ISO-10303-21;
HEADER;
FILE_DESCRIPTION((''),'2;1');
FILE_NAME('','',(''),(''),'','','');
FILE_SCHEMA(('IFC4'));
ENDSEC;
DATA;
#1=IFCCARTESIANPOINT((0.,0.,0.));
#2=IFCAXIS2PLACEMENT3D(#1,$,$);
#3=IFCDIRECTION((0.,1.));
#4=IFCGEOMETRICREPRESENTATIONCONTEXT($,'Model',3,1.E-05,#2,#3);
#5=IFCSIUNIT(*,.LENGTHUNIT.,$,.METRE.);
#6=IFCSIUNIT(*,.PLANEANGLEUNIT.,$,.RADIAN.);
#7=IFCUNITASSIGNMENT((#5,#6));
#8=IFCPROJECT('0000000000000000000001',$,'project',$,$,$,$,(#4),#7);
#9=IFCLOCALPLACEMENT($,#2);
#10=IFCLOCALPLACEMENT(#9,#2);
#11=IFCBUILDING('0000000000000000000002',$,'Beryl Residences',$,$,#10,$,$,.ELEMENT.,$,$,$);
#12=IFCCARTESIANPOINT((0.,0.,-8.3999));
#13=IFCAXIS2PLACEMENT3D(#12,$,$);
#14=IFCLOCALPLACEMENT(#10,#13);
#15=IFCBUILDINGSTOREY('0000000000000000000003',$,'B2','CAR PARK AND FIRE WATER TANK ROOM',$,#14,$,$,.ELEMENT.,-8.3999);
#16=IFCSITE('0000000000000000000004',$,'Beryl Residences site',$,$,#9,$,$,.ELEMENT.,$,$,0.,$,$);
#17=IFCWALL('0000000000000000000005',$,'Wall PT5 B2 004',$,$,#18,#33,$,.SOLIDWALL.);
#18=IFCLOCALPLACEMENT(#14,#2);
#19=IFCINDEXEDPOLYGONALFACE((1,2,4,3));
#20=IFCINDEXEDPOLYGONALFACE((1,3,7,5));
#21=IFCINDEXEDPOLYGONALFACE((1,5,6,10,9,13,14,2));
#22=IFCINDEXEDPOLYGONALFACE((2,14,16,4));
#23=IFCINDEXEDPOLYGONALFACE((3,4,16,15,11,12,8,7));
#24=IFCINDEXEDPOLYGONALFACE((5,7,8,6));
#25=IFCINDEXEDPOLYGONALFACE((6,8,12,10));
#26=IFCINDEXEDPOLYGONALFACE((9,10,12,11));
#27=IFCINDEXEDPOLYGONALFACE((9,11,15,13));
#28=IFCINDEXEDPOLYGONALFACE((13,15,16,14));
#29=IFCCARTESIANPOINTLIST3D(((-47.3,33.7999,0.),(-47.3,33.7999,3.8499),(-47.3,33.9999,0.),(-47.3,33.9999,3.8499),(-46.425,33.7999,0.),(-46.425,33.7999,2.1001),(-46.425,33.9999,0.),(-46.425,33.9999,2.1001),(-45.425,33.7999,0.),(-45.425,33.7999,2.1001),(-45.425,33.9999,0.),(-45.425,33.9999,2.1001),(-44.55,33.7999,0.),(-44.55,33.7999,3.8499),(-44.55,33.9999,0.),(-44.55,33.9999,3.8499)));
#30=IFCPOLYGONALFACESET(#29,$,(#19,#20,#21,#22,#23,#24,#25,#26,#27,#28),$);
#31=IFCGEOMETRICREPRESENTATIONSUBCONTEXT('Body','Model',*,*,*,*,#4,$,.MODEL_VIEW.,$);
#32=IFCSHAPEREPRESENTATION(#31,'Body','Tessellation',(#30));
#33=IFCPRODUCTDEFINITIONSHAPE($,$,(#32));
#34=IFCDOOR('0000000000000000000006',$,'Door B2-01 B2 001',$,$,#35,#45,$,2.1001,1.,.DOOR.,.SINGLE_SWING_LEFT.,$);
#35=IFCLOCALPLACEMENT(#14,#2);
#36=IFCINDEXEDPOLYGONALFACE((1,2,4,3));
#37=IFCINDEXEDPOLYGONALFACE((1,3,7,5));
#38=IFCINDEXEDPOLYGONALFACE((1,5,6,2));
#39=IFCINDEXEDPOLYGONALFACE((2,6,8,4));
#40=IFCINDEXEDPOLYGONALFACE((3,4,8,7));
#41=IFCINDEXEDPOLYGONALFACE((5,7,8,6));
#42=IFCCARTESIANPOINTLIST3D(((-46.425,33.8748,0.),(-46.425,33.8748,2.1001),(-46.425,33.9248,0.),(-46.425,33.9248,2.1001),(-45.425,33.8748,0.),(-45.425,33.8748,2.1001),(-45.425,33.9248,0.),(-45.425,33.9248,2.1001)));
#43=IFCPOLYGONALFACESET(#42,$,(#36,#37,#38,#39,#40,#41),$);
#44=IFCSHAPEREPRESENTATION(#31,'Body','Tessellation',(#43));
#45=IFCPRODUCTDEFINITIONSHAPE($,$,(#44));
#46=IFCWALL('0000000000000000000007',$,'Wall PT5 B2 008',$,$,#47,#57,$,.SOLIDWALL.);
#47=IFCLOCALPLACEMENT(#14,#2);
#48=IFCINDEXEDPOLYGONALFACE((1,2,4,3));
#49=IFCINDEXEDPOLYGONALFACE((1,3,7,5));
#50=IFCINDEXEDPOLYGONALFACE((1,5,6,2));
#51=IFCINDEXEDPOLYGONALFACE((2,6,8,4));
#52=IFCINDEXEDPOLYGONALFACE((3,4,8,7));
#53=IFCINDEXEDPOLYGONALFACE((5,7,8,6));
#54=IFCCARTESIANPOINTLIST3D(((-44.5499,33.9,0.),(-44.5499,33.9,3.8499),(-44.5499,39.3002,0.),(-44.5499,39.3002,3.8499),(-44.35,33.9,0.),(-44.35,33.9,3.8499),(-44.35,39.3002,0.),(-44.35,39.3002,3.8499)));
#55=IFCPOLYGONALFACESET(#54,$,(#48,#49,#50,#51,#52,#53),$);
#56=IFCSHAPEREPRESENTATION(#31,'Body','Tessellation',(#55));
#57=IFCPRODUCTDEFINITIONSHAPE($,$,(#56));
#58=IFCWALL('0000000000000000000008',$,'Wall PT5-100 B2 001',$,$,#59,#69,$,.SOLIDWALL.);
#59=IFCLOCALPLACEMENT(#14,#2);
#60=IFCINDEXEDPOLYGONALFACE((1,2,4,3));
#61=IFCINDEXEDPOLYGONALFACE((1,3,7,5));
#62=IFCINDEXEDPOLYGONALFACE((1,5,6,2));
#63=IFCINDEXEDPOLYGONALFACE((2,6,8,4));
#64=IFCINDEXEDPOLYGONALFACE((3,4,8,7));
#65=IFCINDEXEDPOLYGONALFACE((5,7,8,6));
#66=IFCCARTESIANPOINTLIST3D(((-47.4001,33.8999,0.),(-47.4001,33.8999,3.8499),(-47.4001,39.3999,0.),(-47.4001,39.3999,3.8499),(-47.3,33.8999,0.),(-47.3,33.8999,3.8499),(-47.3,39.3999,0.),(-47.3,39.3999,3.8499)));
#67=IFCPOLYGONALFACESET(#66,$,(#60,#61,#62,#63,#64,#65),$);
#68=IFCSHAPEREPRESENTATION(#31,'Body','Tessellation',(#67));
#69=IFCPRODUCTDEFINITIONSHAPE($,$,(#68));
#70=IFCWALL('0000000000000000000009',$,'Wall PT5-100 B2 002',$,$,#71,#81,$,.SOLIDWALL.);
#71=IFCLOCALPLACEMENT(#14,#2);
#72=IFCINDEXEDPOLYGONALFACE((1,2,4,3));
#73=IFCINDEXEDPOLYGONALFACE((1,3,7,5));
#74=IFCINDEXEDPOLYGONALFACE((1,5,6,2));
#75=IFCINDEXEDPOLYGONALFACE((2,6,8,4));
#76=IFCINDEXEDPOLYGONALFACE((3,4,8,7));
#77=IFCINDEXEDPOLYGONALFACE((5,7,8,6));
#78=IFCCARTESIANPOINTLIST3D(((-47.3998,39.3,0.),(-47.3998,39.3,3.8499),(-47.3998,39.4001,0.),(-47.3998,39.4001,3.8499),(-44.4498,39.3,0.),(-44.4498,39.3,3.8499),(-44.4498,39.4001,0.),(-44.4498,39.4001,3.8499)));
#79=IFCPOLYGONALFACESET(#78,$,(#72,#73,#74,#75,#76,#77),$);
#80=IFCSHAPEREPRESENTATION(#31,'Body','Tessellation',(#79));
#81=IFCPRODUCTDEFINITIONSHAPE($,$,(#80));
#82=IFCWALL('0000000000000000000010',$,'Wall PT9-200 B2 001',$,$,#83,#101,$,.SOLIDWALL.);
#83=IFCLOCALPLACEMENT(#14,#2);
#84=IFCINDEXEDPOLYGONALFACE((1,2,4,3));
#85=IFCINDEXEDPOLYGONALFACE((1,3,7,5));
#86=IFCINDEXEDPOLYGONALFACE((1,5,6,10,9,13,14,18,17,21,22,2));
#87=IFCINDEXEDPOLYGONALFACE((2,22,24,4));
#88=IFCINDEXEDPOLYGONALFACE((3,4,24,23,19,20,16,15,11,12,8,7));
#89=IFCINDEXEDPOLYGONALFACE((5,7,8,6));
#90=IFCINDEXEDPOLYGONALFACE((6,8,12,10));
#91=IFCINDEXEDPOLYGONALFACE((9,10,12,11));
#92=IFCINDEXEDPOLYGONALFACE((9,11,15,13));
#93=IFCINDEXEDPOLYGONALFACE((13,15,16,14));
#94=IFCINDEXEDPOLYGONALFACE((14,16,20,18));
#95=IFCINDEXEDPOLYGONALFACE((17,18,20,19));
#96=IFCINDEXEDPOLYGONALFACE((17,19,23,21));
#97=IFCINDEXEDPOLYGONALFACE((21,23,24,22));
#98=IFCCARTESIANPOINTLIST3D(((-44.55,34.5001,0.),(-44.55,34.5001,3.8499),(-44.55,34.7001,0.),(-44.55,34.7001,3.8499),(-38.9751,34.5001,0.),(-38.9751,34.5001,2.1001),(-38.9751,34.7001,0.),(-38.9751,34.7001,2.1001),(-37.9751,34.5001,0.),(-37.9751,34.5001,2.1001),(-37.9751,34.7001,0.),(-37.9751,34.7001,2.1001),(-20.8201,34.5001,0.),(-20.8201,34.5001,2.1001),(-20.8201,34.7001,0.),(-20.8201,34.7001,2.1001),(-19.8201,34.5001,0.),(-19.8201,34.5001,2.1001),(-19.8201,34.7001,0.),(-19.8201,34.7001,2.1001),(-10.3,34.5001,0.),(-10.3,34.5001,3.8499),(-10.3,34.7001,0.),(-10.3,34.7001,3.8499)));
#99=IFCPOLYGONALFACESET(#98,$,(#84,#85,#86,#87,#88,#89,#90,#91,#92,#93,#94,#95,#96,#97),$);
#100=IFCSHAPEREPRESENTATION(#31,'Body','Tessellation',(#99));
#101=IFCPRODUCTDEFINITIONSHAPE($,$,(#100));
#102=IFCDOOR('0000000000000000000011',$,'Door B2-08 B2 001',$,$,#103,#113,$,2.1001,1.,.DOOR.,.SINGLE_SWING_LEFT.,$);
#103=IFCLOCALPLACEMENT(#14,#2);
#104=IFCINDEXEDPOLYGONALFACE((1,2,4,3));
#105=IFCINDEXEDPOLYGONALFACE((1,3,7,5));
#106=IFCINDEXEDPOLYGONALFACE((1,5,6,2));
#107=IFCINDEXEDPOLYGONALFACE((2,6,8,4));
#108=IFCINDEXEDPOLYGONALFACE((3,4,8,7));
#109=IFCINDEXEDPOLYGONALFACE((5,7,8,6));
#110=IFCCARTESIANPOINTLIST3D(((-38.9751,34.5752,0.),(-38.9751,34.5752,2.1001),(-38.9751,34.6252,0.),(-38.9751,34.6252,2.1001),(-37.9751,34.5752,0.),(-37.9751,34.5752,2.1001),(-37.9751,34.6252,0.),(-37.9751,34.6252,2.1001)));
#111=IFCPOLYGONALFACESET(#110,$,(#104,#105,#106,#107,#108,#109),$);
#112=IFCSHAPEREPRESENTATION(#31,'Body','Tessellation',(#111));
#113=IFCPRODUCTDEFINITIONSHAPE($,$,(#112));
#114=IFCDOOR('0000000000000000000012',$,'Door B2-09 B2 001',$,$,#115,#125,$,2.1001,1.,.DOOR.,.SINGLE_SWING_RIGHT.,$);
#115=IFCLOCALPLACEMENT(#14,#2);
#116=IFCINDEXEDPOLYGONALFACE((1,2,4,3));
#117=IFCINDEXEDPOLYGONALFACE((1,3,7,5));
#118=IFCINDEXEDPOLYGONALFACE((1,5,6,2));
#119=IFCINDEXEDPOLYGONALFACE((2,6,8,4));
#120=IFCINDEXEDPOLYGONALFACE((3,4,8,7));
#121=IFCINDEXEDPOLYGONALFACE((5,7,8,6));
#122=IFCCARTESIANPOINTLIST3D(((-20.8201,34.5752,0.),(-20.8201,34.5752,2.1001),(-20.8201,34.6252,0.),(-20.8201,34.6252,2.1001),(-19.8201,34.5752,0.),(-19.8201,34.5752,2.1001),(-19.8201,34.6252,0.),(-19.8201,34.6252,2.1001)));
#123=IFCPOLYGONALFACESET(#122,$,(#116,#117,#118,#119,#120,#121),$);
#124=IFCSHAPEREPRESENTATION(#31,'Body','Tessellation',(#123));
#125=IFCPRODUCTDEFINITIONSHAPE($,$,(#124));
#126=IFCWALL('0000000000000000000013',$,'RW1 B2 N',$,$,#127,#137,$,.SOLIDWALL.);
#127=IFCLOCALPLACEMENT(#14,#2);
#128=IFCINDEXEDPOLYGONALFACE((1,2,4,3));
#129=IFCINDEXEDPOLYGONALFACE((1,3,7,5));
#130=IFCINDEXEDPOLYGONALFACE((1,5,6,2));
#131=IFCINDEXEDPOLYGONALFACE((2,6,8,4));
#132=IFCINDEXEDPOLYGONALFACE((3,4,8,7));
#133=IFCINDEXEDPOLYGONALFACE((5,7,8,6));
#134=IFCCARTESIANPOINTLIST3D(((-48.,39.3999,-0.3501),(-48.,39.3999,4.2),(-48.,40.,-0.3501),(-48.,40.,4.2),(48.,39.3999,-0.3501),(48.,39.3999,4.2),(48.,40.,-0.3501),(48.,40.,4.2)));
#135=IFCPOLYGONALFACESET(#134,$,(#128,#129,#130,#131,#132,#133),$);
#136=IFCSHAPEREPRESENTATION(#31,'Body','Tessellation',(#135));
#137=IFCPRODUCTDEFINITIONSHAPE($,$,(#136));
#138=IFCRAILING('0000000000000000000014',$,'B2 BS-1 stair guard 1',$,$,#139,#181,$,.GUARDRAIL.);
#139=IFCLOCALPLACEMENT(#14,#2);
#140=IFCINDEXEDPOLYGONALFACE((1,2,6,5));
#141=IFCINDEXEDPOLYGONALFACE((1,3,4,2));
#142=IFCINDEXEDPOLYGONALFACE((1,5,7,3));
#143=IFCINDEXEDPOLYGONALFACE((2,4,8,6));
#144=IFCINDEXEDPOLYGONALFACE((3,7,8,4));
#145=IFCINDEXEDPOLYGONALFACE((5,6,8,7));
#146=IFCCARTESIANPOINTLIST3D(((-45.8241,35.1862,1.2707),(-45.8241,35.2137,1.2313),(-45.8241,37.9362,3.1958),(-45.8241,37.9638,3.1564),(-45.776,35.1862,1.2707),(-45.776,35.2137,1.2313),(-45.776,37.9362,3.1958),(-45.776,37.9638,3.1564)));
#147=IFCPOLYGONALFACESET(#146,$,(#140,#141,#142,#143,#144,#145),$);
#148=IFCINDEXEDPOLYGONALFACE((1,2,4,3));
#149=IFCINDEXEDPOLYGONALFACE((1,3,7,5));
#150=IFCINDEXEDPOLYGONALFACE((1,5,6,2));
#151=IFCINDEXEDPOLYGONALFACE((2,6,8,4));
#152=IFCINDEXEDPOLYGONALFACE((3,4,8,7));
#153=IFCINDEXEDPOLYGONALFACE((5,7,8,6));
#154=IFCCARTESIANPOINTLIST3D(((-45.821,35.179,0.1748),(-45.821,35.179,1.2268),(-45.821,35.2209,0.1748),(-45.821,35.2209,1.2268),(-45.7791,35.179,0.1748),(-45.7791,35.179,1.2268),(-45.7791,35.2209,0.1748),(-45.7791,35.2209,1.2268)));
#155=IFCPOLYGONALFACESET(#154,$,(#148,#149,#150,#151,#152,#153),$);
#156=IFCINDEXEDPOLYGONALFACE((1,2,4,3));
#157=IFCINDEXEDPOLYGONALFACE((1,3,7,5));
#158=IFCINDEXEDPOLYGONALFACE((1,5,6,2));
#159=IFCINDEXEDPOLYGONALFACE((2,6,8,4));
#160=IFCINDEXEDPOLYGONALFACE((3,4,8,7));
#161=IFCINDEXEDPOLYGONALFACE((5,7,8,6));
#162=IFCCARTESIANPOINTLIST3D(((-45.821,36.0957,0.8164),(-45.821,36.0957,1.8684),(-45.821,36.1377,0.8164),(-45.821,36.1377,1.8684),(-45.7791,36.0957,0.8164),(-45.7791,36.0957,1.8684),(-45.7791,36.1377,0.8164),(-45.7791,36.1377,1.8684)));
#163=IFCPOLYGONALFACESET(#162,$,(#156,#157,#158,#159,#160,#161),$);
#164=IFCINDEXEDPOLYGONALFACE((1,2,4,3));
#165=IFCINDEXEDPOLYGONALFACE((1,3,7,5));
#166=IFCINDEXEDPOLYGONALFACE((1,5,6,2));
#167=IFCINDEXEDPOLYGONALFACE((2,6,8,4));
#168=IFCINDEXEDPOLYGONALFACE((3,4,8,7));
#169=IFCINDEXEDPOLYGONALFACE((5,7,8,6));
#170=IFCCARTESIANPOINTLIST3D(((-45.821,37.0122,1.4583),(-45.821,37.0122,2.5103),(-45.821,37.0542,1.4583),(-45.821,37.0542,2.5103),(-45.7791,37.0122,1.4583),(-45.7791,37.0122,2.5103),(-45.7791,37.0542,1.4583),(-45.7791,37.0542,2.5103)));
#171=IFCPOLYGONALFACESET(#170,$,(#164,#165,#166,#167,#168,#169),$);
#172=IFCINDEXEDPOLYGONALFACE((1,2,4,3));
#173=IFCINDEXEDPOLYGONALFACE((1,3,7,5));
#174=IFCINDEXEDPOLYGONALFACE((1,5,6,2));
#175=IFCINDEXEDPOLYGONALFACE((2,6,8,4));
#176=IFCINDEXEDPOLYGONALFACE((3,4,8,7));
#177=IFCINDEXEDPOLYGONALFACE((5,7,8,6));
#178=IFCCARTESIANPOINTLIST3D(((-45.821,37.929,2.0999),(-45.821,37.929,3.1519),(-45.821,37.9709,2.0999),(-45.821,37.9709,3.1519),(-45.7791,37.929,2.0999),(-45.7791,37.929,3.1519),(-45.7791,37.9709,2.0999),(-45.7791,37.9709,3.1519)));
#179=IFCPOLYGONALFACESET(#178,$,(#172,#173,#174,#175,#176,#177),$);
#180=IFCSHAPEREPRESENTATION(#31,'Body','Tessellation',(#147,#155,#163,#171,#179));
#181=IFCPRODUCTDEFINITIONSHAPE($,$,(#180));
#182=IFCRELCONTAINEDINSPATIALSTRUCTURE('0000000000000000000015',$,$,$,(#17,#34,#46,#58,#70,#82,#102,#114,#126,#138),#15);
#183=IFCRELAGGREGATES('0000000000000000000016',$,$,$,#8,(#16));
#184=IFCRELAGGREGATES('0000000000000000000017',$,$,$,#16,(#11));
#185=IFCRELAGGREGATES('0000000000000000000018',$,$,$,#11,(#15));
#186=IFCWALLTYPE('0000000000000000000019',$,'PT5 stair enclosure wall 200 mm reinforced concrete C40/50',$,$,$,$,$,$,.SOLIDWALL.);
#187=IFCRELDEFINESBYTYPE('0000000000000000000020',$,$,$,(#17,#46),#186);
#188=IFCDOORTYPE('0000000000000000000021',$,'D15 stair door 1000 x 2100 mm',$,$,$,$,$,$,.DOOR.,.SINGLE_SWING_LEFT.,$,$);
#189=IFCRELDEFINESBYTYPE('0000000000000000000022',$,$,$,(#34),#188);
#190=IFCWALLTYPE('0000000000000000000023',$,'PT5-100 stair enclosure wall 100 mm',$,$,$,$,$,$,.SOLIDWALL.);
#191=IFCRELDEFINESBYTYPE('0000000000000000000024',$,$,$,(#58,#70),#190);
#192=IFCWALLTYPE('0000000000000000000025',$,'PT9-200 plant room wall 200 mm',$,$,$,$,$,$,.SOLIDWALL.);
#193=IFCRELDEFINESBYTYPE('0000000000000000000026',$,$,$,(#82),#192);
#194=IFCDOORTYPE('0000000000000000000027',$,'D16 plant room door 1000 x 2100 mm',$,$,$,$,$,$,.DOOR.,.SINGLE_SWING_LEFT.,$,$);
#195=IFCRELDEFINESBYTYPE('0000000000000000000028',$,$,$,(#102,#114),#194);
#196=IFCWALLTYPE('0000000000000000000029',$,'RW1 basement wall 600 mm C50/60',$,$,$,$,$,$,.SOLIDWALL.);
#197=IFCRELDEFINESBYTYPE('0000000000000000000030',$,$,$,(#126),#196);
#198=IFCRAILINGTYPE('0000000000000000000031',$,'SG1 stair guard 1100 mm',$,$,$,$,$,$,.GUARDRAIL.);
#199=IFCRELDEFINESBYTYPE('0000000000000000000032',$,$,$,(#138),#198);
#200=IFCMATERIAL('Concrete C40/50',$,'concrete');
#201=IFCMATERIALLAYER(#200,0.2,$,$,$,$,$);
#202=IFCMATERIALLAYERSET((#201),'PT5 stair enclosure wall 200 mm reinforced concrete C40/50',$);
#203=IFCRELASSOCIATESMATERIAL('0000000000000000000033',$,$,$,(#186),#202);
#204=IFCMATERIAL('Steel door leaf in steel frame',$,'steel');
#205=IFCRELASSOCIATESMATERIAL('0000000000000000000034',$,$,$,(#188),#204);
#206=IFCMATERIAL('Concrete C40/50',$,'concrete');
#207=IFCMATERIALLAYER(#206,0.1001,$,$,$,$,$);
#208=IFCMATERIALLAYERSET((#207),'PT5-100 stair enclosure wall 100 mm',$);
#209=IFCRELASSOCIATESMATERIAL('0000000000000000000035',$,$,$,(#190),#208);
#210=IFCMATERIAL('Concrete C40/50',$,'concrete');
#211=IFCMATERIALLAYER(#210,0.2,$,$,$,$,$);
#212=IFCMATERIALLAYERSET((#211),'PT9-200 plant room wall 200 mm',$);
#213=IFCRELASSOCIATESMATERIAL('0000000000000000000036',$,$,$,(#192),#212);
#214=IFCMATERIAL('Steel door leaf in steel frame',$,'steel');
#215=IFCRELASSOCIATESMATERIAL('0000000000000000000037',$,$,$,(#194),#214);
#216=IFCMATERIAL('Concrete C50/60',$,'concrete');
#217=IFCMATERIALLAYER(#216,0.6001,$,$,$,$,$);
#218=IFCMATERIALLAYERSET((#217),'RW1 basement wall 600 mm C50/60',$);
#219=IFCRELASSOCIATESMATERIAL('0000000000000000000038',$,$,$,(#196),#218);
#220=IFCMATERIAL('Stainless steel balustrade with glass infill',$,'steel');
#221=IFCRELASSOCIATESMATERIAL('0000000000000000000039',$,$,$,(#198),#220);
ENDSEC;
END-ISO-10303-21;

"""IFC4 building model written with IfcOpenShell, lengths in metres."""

from ifc_helpers import new_model, si_unit, direction, frame, frame_2d, origin, origin_2d, place, context, subcontext, project, spatial, rectangle, extrude, material, layer, layer_set, type_object, element, fill, save


model = new_model("IFC4")

# Units and contexts
model_context = context("Model", 3, precision=1e-05, world=origin(), true_north=direction((0.0, 1.0)))
body_context = subcontext(model_context, "Body", "Model", "MODEL_VIEW")
ifc_project = project(units=[si_unit("LENGTHUNIT", "METRE"), si_unit("PLANEANGLEUNIT", "RADIAN")], contexts=[model_context])

# Site, building, storey
site_placement = place(None, origin())
site = spatial("IfcSite", under=ifc_project, at=site_placement, Name="Beryl Residences site", CompositionType="ELEMENT", RefElevation=0.0)
building_placement = place(site_placement, origin())
building = spatial("IfcBuilding", under=site, at=building_placement, Name="Beryl Residences", CompositionType="ELEMENT")
storey_placement = place(building_placement, frame((0.0, 0.0, -8.3999)))
storey = spatial("IfcBuildingStorey", under=building, at=storey_placement, Name="B2", Description="CAR PARK AND FIRE WATER TANK ROOM", CompositionType="ELEMENT", Elevation=-8.3999)

# Wall, opening, door
ifc_material_1 = material(Name="Concrete C40/50", Category="concrete")
ifc_layer_1 = layer(ifc_material_1, 0.2)
ifc_layer_set_1 = layer_set([ifc_layer_1], Name="PT5 stair enclosure wall 200 mm reinforced concrete C40/50")
wall_type_1 = type_object("IfcWallType", Name="PT5 stair enclosure wall 200 mm reinforced concrete C40/50", PredefinedType="SOLIDWALL", material=ifc_layer_set_1)
wall_1_placement = place(storey_placement, frame((-47.3, 33.8999, 0.0), z_axis=(0.0, 0.0, 1.0), x_axis=(1.0, 0.0, 0.0)))
wall_1 = element("IfcWall", 1, at=wall_1_placement, inside=storey, type_object=wall_type_1, Name="Wall PT5 B2 004", PredefinedType="SOLIDWALL", context=body_context, shape_type="SweptSolid", body=[
    extrude(rectangle(XDim=2.75, YDim=0.2, at=frame_2d((1.375, 0.0))), origin(), (0.0, 0.0, 1.0), 3.8499),
])
opening_1_placement = place(wall_1_placement, frame((0.875, 0.0, 0.0)))
opening_1 = element("IfcOpeningElement", 2, at=opening_1_placement, cuts=wall_1, PredefinedType="OPENING", context=body_context, shape_type="SweptSolid", body=[
    extrude(rectangle(XDim=1.0, YDim=2.1001, at=frame_2d((0.5, 1.05))), frame((0.0, 0.1099, 0.0), z_axis=(0.0, -1.0, 0.0), x_axis=(1.0, 0.0, 0.0)), (0.0, 0.0, 1.0), 0.22),
])
ifc_material_2 = material(Name="Steel door leaf in steel frame", Category="steel")
door_type_1 = type_object("IfcDoorType", Name="D15 stair door 1000 x 2100 mm", OperationType="SINGLE_SWING_LEFT", PredefinedType="DOOR", material=ifc_material_2)
door_1_placement = place(opening_1_placement, origin())
door_1 = element("IfcDoor", 3, at=door_1_placement, inside=storey, type_object=door_type_1, Name="Door B2-01 B2 001", OperationType="SINGLE_SWING_LEFT", OverallHeight=2.1001, OverallWidth=1.0, PredefinedType="DOOR", context=body_context, shape_type="SweptSolid", body=[
    extrude(rectangle(XDim=1.0, YDim=2.1001, at=frame_2d((0.5, 1.05))), frame((0.0, 0.0249, 0.0), z_axis=(0.0, -1.0, 0.0), x_axis=(1.0, 0.0, 0.0)), (0.0, 0.0, 1.0), 0.05),
])
fill(opening_1, door_1)

# Walls
wall_2_placement = place(storey_placement, frame((-44.45, 33.8999, 0.0), z_axis=(0.0, 0.0, 1.0), x_axis=(0.0, 1.0, 0.0)))
element("IfcWall", 4, at=wall_2_placement, inside=storey, type_object=wall_type_1, Name="Wall PT5 B2 008", PredefinedType="SOLIDWALL", context=body_context, shape_type="SweptSolid", body=[
    extrude(rectangle(XDim=5.4001, YDim=0.2, at=frame_2d((2.7002, 0.0))), origin(), (0.0, 0.0, 1.0), 3.8499),
])
ifc_material_3 = material(Name="Concrete C40/50", Category="concrete")
ifc_layer_2 = layer(ifc_material_3, 0.1001)
ifc_layer_set_2 = layer_set([ifc_layer_2], Name="PT5-100 stair enclosure wall 100 mm")
wall_type_2 = type_object("IfcWallType", Name="PT5-100 stair enclosure wall 100 mm", PredefinedType="SOLIDWALL", material=ifc_layer_set_2)
wall_3_placement = place(storey_placement, frame((-47.3501, 33.8999, 0.0), z_axis=(0.0, 0.0, 1.0), x_axis=(0.0, 1.0, 0.0)))
element("IfcWall", 5, at=wall_3_placement, inside=storey, type_object=wall_type_2, Name="Wall PT5-100 B2 001", PredefinedType="SOLIDWALL", context=body_context, shape_type="SweptSolid", body=[
    extrude(rectangle(XDim=5.5, YDim=0.1001, at=frame_2d((2.75, 0.0))), origin(), (0.0, 0.0, 1.0), 3.8499),
])
wall_4_placement = place(storey_placement, frame((-47.3999, 39.3501, 0.0), z_axis=(0.0, 0.0, 1.0), x_axis=(1.0, 0.0, 0.0)))
element("IfcWall", 6, at=wall_4_placement, inside=storey, type_object=wall_type_2, Name="Wall PT5-100 B2 002", PredefinedType="SOLIDWALL", context=body_context, shape_type="SweptSolid", body=[
    extrude(rectangle(XDim=2.95, YDim=0.1001, at=frame_2d((1.4751, 0.0))), origin(), (0.0, 0.0, 1.0), 3.8499),
])

# Wall, openings, doors
ifc_material_4 = material(Name="Concrete C40/50", Category="concrete")
ifc_layer_3 = layer(ifc_material_4, 0.2)
ifc_layer_set_3 = layer_set([ifc_layer_3], Name="PT9-200 plant room wall 200 mm")
wall_type_3 = type_object("IfcWallType", Name="PT9-200 plant room wall 200 mm", PredefinedType="SOLIDWALL", material=ifc_layer_set_3)
wall_5_placement = place(storey_placement, frame((-44.55, 34.6001, 0.0), z_axis=(0.0, 0.0, 1.0), x_axis=(1.0, 0.0, 0.0)))
wall_5 = element("IfcWall", 7, at=wall_5_placement, inside=storey, type_object=wall_type_3, Name="Wall PT9-200 B2 001", PredefinedType="SOLIDWALL", context=body_context, shape_type="SweptSolid", body=[
    extrude(rectangle(XDim=34.25, YDim=0.2, at=frame_2d((17.125, 0.0))), origin(), (0.0, 0.0, 1.0), 3.8499),
])
opening_2_placement = place(wall_5_placement, frame((6.575, 0.0, 0.0), z_axis=(0.0, 0.0, 1.0), x_axis=(-1.0, 0.0, 0.0)))
opening_2 = element("IfcOpeningElement", 8, at=opening_2_placement, cuts=wall_5, PredefinedType="OPENING", context=body_context, shape_type="SweptSolid", body=[
    extrude(rectangle(XDim=1.0, YDim=2.1001, at=frame_2d((0.5, 1.05))), frame((0.0, 0.1099, 0.0), z_axis=(0.0, -1.0, 0.0), x_axis=(1.0, 0.0, 0.0)), (0.0, 0.0, 1.0), 0.22),
])
opening_3_placement = place(wall_5_placement, frame((24.73, 0.0, 0.0), z_axis=(0.0, 0.0, 1.0), x_axis=(-1.0, 0.0, 0.0)))
opening_3 = element("IfcOpeningElement", 9, at=opening_3_placement, cuts=wall_5, PredefinedType="OPENING", context=body_context, shape_type="SweptSolid", body=[
    extrude(rectangle(XDim=1.0, YDim=2.1001, at=frame_2d((0.5, 1.05))), frame((0.0, 0.1099, 0.0), z_axis=(0.0, -1.0, 0.0), x_axis=(1.0, 0.0, 0.0)), (0.0, 0.0, 1.0), 0.22),
])
ifc_material_5 = material(Name="Steel door leaf in steel frame", Category="steel")
door_type_2 = type_object("IfcDoorType", Name="D16 plant room door 1000 x 2100 mm", OperationType="SINGLE_SWING_LEFT", PredefinedType="DOOR", material=ifc_material_5)
door_2_placement = place(opening_2_placement, origin())
door_2 = element("IfcDoor", 10, at=door_2_placement, inside=storey, type_object=door_type_2, Name="Door B2-08 B2 001", OperationType="SINGLE_SWING_LEFT", OverallHeight=2.1001, OverallWidth=1.0, PredefinedType="DOOR", context=body_context, shape_type="SweptSolid", body=[
    extrude(rectangle(XDim=1.0, YDim=2.1001, at=frame_2d((0.5, 1.05))), frame((0.0, 0.0249, 0.0), z_axis=(0.0, -1.0, 0.0), x_axis=(1.0, 0.0, 0.0)), (0.0, 0.0, 1.0), 0.05),
])
fill(opening_2, door_2)
door_3_placement = place(opening_3_placement, origin())
door_3 = element("IfcDoor", 11, at=door_3_placement, inside=storey, type_object=door_type_2, Name="Door B2-09 B2 001", OperationType="SINGLE_SWING_RIGHT", OverallHeight=2.1001, OverallWidth=1.0, PredefinedType="DOOR", context=body_context, shape_type="SweptSolid", body=[
    extrude(rectangle(XDim=1.0, YDim=2.1001, at=frame_2d((0.5, 1.05))), frame((0.0, 0.0249, 0.0), z_axis=(0.0, -1.0, 0.0), x_axis=(1.0, 0.0, 0.0)), (0.0, 0.0, 1.0), 0.05),
])
fill(opening_3, door_3)

# Wall
ifc_material_6 = material(Name="Concrete C50/60", Category="concrete")
ifc_layer_4 = layer(ifc_material_6, 0.6001)
ifc_layer_set_4 = layer_set([ifc_layer_4], Name="RW1 basement wall 600 mm C50/60")
wall_type_4 = type_object("IfcWallType", Name="RW1 basement wall 600 mm C50/60", PredefinedType="SOLIDWALL", material=ifc_layer_set_4)
wall_6_placement = place(storey_placement, frame((-48.0, 39.7, -0.3501), z_axis=(0.0, 0.0, 1.0), x_axis=(1.0, 0.0, 0.0)))
element("IfcWall", 12, at=wall_6_placement, inside=storey, type_object=wall_type_4, Name="RW1 B2 N", PredefinedType="SOLIDWALL", context=body_context, shape_type="SweptSolid", body=[
    extrude(rectangle(XDim=96.0, YDim=0.6001, at=frame_2d((48.0, 0.0))), origin(), (0.0, 0.0, 1.0), 4.55),
])

# Railing
ifc_material_7 = material(Name="Stainless steel balustrade with glass infill", Category="steel")
railing_type_1 = type_object("IfcRailingType", Name="SG1 stair guard 1100 mm", PredefinedType="GUARDRAIL", material=ifc_material_7)
railing_1_placement = place(storey_placement, frame((-45.8, 35.2, 0.1748)))
element("IfcRailing", 13, at=railing_1_placement, inside=storey, type_object=railing_type_1, Name="B2 BS-1 stair guard 1", PredefinedType="GUARDRAIL", context=body_context, shape_type="SweptSolid", body=[
    extrude(rectangle(XDim=0.0481, YDim=0.0481, at=origin_2d()), frame((0.0, 0.0, 1.0762), z_axis=(0.0, 0.819225, 0.573472), x_axis=(-1.0, 0.0, 0.0)), (0.0, 0.0, 1.0), 3.3569),
    extrude(rectangle(XDim=0.042, YDim=0.042, at=origin_2d()), origin(), (0.0, 0.0, 1.0), 1.052),
    extrude(rectangle(XDim=0.042, YDim=0.042, at=origin_2d()), frame((0.0, 0.9167, 0.6416)), (0.0, 0.0, 1.0), 1.052),
    extrude(rectangle(XDim=0.042, YDim=0.042, at=origin_2d()), frame((0.0, 1.8333, 1.2834)), (0.0, 0.0, 1.0), 1.052),
    extrude(rectangle(XDim=0.042, YDim=0.042, at=origin_2d()), frame((0.0, 2.75, 1.925)), (0.0, 0.0, 1.0), 1.052),
])

save(model, "model.ifc")
